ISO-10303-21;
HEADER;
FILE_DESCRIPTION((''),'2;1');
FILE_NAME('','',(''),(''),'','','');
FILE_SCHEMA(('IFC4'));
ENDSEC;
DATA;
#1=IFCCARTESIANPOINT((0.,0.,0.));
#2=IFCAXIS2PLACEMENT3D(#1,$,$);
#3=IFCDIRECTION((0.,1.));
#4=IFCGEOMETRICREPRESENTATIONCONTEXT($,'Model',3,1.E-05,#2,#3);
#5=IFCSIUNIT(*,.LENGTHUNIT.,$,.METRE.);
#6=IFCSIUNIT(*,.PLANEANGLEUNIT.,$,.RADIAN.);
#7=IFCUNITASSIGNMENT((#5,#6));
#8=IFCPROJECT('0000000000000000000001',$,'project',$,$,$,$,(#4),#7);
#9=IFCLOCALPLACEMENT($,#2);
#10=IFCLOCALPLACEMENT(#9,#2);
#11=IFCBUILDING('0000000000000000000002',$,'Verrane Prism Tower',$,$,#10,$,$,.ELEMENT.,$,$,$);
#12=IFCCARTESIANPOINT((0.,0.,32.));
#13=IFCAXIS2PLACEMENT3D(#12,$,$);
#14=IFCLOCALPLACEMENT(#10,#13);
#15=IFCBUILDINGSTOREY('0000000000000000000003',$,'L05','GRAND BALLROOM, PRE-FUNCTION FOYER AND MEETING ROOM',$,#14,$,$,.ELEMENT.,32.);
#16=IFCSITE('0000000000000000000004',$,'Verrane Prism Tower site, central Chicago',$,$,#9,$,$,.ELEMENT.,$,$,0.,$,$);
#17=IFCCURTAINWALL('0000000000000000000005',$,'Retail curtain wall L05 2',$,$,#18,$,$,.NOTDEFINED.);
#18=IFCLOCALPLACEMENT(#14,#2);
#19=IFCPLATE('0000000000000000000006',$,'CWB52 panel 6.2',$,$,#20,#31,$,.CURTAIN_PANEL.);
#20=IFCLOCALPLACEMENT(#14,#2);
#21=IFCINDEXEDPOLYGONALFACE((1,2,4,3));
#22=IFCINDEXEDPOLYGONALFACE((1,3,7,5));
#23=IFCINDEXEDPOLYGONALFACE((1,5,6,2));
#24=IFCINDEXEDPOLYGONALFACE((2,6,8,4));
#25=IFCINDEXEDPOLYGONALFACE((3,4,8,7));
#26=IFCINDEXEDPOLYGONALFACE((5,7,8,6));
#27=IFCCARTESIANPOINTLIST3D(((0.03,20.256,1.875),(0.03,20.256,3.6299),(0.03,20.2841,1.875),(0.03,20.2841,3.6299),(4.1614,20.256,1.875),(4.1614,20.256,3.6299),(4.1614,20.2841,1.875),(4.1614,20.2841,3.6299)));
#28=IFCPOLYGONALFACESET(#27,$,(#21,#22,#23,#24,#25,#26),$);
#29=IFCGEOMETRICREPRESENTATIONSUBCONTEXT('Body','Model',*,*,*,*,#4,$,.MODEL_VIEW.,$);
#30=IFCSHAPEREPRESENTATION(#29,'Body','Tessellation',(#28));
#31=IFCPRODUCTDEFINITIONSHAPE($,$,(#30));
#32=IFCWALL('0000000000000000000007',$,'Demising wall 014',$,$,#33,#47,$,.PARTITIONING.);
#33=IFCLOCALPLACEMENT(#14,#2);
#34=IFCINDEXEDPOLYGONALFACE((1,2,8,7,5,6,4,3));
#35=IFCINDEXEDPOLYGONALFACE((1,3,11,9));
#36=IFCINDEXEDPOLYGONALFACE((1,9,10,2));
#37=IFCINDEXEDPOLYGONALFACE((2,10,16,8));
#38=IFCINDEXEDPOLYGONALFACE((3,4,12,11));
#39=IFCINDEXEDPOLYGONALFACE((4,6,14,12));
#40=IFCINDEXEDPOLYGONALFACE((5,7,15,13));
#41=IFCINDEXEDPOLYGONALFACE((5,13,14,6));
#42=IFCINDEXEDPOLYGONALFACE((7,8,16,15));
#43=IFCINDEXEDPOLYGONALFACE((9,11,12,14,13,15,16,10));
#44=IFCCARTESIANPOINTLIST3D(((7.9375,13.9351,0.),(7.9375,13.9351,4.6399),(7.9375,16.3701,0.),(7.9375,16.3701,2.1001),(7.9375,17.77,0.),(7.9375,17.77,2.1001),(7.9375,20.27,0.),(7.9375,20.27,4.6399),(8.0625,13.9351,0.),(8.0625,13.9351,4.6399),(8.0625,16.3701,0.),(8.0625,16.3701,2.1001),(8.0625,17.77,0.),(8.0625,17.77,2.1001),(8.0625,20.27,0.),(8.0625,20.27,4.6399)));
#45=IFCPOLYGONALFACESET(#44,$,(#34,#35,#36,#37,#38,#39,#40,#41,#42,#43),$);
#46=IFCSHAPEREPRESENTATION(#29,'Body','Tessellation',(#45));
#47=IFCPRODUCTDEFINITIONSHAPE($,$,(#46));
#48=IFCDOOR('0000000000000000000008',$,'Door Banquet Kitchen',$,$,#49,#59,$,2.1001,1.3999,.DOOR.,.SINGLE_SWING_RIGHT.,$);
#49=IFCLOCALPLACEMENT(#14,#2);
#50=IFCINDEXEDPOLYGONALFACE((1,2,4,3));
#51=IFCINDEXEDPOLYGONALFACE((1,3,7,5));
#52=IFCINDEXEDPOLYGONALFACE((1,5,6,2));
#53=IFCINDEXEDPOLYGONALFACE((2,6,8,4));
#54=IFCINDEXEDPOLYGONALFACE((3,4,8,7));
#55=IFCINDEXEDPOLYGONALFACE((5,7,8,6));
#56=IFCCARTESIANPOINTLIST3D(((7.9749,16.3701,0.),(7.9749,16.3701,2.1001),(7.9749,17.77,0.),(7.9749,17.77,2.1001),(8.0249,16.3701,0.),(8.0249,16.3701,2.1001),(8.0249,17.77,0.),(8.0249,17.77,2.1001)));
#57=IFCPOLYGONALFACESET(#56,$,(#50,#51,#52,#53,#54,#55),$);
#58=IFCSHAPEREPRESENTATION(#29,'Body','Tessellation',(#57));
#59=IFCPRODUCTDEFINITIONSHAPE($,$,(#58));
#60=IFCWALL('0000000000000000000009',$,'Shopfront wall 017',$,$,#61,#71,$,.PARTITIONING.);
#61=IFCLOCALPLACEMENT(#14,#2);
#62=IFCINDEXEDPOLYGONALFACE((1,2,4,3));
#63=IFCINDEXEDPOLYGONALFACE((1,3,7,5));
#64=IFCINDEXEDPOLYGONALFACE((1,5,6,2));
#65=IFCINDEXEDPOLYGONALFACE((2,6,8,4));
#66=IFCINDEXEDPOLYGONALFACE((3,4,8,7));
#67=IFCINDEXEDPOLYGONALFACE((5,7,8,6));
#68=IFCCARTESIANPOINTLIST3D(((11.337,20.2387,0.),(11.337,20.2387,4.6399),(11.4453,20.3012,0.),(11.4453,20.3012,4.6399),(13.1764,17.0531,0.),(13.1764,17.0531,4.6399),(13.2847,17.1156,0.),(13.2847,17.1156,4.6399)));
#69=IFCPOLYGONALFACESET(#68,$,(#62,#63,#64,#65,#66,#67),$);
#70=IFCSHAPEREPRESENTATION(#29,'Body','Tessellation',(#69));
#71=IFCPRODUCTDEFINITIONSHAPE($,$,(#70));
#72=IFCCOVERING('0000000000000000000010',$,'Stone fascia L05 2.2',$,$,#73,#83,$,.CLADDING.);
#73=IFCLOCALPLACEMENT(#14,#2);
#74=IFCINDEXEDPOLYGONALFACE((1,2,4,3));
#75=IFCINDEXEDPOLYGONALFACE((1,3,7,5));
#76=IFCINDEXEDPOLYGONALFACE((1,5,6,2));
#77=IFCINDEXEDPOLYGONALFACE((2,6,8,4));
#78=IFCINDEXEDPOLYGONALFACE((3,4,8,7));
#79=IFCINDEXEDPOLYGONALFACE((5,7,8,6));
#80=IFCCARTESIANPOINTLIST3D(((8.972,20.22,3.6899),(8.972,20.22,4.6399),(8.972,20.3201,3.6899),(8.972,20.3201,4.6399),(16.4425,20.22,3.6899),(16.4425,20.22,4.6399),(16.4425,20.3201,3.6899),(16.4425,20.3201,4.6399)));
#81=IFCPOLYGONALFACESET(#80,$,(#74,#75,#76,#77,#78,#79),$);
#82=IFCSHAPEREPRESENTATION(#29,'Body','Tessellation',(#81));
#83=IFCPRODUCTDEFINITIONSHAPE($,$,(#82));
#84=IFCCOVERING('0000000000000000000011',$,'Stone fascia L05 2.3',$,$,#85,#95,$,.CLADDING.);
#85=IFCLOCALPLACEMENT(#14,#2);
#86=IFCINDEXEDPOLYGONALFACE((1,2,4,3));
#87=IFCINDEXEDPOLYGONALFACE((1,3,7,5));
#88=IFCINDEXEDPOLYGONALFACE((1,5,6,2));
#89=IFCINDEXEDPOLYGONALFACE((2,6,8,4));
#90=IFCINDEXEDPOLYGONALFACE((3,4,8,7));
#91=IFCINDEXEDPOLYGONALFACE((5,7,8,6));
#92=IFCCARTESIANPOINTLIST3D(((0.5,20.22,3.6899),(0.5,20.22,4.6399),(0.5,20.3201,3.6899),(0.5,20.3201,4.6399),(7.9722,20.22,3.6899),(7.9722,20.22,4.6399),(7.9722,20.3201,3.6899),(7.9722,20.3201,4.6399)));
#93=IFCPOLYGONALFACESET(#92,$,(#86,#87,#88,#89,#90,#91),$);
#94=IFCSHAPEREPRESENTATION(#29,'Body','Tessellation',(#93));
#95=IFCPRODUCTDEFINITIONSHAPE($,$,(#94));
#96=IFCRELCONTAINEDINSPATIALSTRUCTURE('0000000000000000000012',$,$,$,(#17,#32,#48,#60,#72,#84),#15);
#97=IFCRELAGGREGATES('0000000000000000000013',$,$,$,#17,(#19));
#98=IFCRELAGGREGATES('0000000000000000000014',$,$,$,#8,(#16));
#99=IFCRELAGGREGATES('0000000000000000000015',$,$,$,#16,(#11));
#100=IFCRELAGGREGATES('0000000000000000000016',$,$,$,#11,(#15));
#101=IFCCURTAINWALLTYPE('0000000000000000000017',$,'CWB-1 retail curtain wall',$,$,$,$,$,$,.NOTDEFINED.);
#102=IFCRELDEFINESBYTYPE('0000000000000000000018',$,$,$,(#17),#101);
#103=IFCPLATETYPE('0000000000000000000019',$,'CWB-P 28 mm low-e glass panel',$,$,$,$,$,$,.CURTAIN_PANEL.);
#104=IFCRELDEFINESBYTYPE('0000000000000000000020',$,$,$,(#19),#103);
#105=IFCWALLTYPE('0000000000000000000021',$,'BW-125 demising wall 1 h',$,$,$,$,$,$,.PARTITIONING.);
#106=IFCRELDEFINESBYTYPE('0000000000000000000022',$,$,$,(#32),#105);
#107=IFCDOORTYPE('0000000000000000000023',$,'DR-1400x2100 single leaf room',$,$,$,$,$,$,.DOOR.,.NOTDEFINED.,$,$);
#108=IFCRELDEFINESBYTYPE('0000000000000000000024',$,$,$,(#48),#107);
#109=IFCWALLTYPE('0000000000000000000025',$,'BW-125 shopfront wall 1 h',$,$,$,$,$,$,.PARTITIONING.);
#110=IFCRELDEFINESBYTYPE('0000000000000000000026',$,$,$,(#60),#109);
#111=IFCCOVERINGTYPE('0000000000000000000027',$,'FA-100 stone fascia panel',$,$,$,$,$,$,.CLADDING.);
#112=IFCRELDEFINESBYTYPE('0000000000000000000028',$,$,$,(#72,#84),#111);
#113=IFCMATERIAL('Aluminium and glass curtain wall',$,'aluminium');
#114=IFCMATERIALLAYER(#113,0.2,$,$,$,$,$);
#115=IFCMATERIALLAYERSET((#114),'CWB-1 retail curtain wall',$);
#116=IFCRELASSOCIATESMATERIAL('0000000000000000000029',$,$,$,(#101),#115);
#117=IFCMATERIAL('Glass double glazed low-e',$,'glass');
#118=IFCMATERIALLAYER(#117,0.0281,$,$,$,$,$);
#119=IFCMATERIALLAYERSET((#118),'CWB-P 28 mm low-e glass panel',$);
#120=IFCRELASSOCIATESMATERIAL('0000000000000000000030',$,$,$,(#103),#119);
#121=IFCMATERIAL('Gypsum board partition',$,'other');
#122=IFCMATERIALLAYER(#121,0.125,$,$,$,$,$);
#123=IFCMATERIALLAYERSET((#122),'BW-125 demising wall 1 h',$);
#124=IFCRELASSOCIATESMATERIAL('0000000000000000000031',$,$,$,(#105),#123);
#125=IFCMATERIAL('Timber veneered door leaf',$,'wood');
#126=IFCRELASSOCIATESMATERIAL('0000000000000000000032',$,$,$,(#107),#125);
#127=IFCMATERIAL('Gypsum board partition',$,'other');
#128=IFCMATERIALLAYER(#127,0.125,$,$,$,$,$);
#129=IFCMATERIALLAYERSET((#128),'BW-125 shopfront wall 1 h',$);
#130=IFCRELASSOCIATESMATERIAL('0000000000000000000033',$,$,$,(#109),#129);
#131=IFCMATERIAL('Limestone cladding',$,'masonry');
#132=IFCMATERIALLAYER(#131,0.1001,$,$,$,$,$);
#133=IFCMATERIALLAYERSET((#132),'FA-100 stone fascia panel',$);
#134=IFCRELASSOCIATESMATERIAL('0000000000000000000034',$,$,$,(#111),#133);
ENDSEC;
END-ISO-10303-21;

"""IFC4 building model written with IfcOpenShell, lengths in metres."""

from ifc_helpers import new_model, si_unit, direction, frame, frame_2d, origin, origin_2d, place, context, subcontext, project, spatial, rectangle, extrude, material, layer, layer_set, type_object, element, fill, aggregate, save


model = new_model("IFC4")

# Units and contexts
model_context = context("Model", 3, precision=1e-05, world=origin(), true_north=direction((0.0, 1.0)))
body_context = subcontext(model_context, "Body", "Model", "MODEL_VIEW")
ifc_project = project(units=[si_unit("LENGTHUNIT", "METRE"), si_unit("PLANEANGLEUNIT", "RADIAN")], contexts=[model_context])

# Site, building, storey
site_placement = place(None, origin())
site = spatial("IfcSite", under=ifc_project, at=site_placement, Name="Verrane Prism Tower site, central Chicago", CompositionType="ELEMENT", RefElevation=0.0)
building_placement = place(site_placement, origin())
building = spatial("IfcBuilding", under=site, at=building_placement, Name="Verrane Prism Tower", CompositionType="ELEMENT")
storey_placement = place(building_placement, frame((0.0, 0.0, 32.0)))
storey = spatial("IfcBuildingStorey", under=building, at=storey_placement, Name="L05", Description="GRAND BALLROOM, PRE-FUNCTION FOYER AND MEETING ROOM", CompositionType="ELEMENT", Elevation=32.0)

# Curtain wall
ifc_material_1 = material(Name="Aluminium and glass curtain wall", Category="aluminium")
ifc_layer_1 = layer(ifc_material_1, 0.2)
ifc_layer_set_1 = layer_set([ifc_layer_1], Name="CWB-1 retail curtain wall")
curtain_wall_type = type_object("IfcCurtainWallType", Name="CWB-1 retail curtain wall", PredefinedType="NOTDEFINED", material=ifc_layer_set_1)
curtain_wall_placement = place(storey_placement, origin())
curtain_wall = element("IfcCurtainWall", 1, at=curtain_wall_placement, inside=storey, type_object=curtain_wall_type, Name="Retail curtain wall L05 2", PredefinedType="NOTDEFINED")

# Plate
ifc_material_2 = material(Name="Glass double glazed low-e", Category="glass")
ifc_layer_2 = layer(ifc_material_2, 0.0281)
ifc_layer_set_2 = layer_set([ifc_layer_2], Name="CWB-P 28 mm low-e glass panel")
plate_type = type_object("IfcPlateType", Name="CWB-P 28 mm low-e glass panel", PredefinedType="CURTAIN_PANEL", material=ifc_layer_set_2)
plate_1_placement = place(storey_placement, frame((2.0957, 20.27, 1.875), z_axis=(0.0, 0.0, 1.0), x_axis=(-1.0, 0.0, 0.0)))
plate_1 = element("IfcPlate", 2, at=plate_1_placement, type_object=plate_type, Name="CWB52 panel 6.2", PredefinedType="CURTAIN_PANEL", context=body_context, shape_type="SweptSolid", body=[
    extrude(rectangle(XDim=4.1313, YDim=0.0281, at=origin_2d()), origin(), (0.0, 0.0, 1.0), 1.7549),
])
aggregate(curtain_wall, [plate_1])

# Wall, opening, door
ifc_material_3 = material(Name="Gypsum board partition", Category="other")
ifc_layer_3 = layer(ifc_material_3, 0.125)
ifc_layer_set_3 = layer_set([ifc_layer_3], Name="BW-125 demising wall 1 h")
wall_type_1 = type_object("IfcWallType", Name="BW-125 demising wall 1 h", PredefinedType="PARTITIONING", material=ifc_layer_set_3)
wall_1_placement = place(storey_placement, frame((8.0, 20.27, 0.0), z_axis=(0.0, 0.0, 1.0), x_axis=(0.0, -1.0, 0.0)))
wall_1 = element("IfcWall", 3, at=wall_1_placement, inside=storey, type_object=wall_type_1, Name="Demising wall 014", PredefinedType="PARTITIONING", context=body_context, shape_type="SweptSolid", body=[
    extrude(rectangle(XDim=6.335, YDim=0.125, at=frame_2d((3.1675, 0.0))), origin(), (0.0, 0.0, 1.0), 4.6399),
])
opening_placement = place(wall_1_placement, frame((2.5, 0.0, 0.0)))
opening = element("IfcOpeningElement", 4, at=opening_placement, cuts=wall_1, PredefinedType="OPENING", context=body_context, shape_type="SweptSolid", body=[
    extrude(rectangle(XDim=1.3999, YDim=2.1001, at=frame_2d((0.7, 1.05))), frame((0.0, 0.0725, 0.0), z_axis=(0.0, -1.0, 0.0), x_axis=(1.0, 0.0, 0.0)), (0.0, 0.0, 1.0), 0.145),
])
ifc_material_4 = material(Name="Timber veneered door leaf", Category="wood")
door_type = type_object("IfcDoorType", Name="DR-1400x2100 single leaf room", OperationType="NOTDEFINED", PredefinedType="DOOR", material=ifc_material_4)
door_placement = place(opening_placement, origin())
door = element("IfcDoor", 5, at=door_placement, inside=storey, type_object=door_type, Name="Door Banquet Kitchen", OperationType="SINGLE_SWING_RIGHT", OverallHeight=2.1001, OverallWidth=1.3999, PredefinedType="DOOR", context=body_context, shape_type="SweptSolid", body=[
    extrude(rectangle(XDim=1.3999, YDim=2.1001, at=frame_2d((0.7, 1.05))), frame((0.0, 0.0249, 0.0), z_axis=(0.0, -1.0, 0.0), x_axis=(1.0, 0.0, 0.0)), (0.0, 0.0, 1.0), 0.05),
])
fill(opening, door)

# Wall
ifc_material_5 = material(Name="Gypsum board partition", Category="other")
ifc_layer_4 = layer(ifc_material_5, 0.125)
ifc_layer_set_4 = layer_set([ifc_layer_4], Name="BW-125 shopfront wall 1 h")
wall_type_2 = type_object("IfcWallType", Name="BW-125 shopfront wall 1 h", PredefinedType="PARTITIONING", material=ifc_layer_set_4)
wall_2_placement = place(storey_placement, frame((11.3911, 20.27, 0.0), z_axis=(0.0, 0.0, 1.0), x_axis=(0.500037, -0.866004, 0.0)))
element("IfcWall", 6, at=wall_2_placement, inside=storey, type_object=wall_type_2, Name="Shopfront wall 017", PredefinedType="PARTITIONING", context=body_context, shape_type="SweptSolid", body=[
    extrude(rectangle(XDim=3.6785, YDim=0.125, at=frame_2d((1.8394, 0.0))), origin(), (0.0, 0.0, 1.0), 4.6399),
])

# Coverings
ifc_material_6 = material(Name="Limestone cladding", Category="masonry")
ifc_layer_5 = layer(ifc_material_6, 0.1001)
ifc_layer_set_5 = layer_set([ifc_layer_5], Name="FA-100 stone fascia panel")
covering_type = type_object("IfcCoveringType", Name="FA-100 stone fascia panel", PredefinedType="CLADDING", material=ifc_layer_set_5)
covering_1_placement = place(storey_placement, frame((12.7073, 20.27, 3.6899), z_axis=(0.0, 0.0, 1.0), x_axis=(-1.0, 0.0, 0.0)))
element("IfcCovering", 7, at=covering_1_placement, inside=storey, type_object=covering_type, Name="Stone fascia L05 2.2", PredefinedType="CLADDING", context=body_context, shape_type="SweptSolid", body=[
    extrude(rectangle(XDim=7.4705, YDim=0.1001, at=origin_2d()), origin(), (0.0, 0.0, 1.0), 0.95),
])
covering_2_placement = place(storey_placement, frame((4.2361, 20.27, 3.6899), z_axis=(0.0, 0.0, 1.0), x_axis=(-1.0, 0.0, 0.0)))
element("IfcCovering", 8, at=covering_2_placement, inside=storey, type_object=covering_type, Name="Stone fascia L05 2.3", PredefinedType="CLADDING", context=body_context, shape_type="SweptSolid", body=[
    extrude(rectangle(XDim=7.4722, YDim=0.1001, at=origin_2d()), origin(), (0.0, 0.0, 1.0), 0.95),
])

save(model, "model.ifc")
